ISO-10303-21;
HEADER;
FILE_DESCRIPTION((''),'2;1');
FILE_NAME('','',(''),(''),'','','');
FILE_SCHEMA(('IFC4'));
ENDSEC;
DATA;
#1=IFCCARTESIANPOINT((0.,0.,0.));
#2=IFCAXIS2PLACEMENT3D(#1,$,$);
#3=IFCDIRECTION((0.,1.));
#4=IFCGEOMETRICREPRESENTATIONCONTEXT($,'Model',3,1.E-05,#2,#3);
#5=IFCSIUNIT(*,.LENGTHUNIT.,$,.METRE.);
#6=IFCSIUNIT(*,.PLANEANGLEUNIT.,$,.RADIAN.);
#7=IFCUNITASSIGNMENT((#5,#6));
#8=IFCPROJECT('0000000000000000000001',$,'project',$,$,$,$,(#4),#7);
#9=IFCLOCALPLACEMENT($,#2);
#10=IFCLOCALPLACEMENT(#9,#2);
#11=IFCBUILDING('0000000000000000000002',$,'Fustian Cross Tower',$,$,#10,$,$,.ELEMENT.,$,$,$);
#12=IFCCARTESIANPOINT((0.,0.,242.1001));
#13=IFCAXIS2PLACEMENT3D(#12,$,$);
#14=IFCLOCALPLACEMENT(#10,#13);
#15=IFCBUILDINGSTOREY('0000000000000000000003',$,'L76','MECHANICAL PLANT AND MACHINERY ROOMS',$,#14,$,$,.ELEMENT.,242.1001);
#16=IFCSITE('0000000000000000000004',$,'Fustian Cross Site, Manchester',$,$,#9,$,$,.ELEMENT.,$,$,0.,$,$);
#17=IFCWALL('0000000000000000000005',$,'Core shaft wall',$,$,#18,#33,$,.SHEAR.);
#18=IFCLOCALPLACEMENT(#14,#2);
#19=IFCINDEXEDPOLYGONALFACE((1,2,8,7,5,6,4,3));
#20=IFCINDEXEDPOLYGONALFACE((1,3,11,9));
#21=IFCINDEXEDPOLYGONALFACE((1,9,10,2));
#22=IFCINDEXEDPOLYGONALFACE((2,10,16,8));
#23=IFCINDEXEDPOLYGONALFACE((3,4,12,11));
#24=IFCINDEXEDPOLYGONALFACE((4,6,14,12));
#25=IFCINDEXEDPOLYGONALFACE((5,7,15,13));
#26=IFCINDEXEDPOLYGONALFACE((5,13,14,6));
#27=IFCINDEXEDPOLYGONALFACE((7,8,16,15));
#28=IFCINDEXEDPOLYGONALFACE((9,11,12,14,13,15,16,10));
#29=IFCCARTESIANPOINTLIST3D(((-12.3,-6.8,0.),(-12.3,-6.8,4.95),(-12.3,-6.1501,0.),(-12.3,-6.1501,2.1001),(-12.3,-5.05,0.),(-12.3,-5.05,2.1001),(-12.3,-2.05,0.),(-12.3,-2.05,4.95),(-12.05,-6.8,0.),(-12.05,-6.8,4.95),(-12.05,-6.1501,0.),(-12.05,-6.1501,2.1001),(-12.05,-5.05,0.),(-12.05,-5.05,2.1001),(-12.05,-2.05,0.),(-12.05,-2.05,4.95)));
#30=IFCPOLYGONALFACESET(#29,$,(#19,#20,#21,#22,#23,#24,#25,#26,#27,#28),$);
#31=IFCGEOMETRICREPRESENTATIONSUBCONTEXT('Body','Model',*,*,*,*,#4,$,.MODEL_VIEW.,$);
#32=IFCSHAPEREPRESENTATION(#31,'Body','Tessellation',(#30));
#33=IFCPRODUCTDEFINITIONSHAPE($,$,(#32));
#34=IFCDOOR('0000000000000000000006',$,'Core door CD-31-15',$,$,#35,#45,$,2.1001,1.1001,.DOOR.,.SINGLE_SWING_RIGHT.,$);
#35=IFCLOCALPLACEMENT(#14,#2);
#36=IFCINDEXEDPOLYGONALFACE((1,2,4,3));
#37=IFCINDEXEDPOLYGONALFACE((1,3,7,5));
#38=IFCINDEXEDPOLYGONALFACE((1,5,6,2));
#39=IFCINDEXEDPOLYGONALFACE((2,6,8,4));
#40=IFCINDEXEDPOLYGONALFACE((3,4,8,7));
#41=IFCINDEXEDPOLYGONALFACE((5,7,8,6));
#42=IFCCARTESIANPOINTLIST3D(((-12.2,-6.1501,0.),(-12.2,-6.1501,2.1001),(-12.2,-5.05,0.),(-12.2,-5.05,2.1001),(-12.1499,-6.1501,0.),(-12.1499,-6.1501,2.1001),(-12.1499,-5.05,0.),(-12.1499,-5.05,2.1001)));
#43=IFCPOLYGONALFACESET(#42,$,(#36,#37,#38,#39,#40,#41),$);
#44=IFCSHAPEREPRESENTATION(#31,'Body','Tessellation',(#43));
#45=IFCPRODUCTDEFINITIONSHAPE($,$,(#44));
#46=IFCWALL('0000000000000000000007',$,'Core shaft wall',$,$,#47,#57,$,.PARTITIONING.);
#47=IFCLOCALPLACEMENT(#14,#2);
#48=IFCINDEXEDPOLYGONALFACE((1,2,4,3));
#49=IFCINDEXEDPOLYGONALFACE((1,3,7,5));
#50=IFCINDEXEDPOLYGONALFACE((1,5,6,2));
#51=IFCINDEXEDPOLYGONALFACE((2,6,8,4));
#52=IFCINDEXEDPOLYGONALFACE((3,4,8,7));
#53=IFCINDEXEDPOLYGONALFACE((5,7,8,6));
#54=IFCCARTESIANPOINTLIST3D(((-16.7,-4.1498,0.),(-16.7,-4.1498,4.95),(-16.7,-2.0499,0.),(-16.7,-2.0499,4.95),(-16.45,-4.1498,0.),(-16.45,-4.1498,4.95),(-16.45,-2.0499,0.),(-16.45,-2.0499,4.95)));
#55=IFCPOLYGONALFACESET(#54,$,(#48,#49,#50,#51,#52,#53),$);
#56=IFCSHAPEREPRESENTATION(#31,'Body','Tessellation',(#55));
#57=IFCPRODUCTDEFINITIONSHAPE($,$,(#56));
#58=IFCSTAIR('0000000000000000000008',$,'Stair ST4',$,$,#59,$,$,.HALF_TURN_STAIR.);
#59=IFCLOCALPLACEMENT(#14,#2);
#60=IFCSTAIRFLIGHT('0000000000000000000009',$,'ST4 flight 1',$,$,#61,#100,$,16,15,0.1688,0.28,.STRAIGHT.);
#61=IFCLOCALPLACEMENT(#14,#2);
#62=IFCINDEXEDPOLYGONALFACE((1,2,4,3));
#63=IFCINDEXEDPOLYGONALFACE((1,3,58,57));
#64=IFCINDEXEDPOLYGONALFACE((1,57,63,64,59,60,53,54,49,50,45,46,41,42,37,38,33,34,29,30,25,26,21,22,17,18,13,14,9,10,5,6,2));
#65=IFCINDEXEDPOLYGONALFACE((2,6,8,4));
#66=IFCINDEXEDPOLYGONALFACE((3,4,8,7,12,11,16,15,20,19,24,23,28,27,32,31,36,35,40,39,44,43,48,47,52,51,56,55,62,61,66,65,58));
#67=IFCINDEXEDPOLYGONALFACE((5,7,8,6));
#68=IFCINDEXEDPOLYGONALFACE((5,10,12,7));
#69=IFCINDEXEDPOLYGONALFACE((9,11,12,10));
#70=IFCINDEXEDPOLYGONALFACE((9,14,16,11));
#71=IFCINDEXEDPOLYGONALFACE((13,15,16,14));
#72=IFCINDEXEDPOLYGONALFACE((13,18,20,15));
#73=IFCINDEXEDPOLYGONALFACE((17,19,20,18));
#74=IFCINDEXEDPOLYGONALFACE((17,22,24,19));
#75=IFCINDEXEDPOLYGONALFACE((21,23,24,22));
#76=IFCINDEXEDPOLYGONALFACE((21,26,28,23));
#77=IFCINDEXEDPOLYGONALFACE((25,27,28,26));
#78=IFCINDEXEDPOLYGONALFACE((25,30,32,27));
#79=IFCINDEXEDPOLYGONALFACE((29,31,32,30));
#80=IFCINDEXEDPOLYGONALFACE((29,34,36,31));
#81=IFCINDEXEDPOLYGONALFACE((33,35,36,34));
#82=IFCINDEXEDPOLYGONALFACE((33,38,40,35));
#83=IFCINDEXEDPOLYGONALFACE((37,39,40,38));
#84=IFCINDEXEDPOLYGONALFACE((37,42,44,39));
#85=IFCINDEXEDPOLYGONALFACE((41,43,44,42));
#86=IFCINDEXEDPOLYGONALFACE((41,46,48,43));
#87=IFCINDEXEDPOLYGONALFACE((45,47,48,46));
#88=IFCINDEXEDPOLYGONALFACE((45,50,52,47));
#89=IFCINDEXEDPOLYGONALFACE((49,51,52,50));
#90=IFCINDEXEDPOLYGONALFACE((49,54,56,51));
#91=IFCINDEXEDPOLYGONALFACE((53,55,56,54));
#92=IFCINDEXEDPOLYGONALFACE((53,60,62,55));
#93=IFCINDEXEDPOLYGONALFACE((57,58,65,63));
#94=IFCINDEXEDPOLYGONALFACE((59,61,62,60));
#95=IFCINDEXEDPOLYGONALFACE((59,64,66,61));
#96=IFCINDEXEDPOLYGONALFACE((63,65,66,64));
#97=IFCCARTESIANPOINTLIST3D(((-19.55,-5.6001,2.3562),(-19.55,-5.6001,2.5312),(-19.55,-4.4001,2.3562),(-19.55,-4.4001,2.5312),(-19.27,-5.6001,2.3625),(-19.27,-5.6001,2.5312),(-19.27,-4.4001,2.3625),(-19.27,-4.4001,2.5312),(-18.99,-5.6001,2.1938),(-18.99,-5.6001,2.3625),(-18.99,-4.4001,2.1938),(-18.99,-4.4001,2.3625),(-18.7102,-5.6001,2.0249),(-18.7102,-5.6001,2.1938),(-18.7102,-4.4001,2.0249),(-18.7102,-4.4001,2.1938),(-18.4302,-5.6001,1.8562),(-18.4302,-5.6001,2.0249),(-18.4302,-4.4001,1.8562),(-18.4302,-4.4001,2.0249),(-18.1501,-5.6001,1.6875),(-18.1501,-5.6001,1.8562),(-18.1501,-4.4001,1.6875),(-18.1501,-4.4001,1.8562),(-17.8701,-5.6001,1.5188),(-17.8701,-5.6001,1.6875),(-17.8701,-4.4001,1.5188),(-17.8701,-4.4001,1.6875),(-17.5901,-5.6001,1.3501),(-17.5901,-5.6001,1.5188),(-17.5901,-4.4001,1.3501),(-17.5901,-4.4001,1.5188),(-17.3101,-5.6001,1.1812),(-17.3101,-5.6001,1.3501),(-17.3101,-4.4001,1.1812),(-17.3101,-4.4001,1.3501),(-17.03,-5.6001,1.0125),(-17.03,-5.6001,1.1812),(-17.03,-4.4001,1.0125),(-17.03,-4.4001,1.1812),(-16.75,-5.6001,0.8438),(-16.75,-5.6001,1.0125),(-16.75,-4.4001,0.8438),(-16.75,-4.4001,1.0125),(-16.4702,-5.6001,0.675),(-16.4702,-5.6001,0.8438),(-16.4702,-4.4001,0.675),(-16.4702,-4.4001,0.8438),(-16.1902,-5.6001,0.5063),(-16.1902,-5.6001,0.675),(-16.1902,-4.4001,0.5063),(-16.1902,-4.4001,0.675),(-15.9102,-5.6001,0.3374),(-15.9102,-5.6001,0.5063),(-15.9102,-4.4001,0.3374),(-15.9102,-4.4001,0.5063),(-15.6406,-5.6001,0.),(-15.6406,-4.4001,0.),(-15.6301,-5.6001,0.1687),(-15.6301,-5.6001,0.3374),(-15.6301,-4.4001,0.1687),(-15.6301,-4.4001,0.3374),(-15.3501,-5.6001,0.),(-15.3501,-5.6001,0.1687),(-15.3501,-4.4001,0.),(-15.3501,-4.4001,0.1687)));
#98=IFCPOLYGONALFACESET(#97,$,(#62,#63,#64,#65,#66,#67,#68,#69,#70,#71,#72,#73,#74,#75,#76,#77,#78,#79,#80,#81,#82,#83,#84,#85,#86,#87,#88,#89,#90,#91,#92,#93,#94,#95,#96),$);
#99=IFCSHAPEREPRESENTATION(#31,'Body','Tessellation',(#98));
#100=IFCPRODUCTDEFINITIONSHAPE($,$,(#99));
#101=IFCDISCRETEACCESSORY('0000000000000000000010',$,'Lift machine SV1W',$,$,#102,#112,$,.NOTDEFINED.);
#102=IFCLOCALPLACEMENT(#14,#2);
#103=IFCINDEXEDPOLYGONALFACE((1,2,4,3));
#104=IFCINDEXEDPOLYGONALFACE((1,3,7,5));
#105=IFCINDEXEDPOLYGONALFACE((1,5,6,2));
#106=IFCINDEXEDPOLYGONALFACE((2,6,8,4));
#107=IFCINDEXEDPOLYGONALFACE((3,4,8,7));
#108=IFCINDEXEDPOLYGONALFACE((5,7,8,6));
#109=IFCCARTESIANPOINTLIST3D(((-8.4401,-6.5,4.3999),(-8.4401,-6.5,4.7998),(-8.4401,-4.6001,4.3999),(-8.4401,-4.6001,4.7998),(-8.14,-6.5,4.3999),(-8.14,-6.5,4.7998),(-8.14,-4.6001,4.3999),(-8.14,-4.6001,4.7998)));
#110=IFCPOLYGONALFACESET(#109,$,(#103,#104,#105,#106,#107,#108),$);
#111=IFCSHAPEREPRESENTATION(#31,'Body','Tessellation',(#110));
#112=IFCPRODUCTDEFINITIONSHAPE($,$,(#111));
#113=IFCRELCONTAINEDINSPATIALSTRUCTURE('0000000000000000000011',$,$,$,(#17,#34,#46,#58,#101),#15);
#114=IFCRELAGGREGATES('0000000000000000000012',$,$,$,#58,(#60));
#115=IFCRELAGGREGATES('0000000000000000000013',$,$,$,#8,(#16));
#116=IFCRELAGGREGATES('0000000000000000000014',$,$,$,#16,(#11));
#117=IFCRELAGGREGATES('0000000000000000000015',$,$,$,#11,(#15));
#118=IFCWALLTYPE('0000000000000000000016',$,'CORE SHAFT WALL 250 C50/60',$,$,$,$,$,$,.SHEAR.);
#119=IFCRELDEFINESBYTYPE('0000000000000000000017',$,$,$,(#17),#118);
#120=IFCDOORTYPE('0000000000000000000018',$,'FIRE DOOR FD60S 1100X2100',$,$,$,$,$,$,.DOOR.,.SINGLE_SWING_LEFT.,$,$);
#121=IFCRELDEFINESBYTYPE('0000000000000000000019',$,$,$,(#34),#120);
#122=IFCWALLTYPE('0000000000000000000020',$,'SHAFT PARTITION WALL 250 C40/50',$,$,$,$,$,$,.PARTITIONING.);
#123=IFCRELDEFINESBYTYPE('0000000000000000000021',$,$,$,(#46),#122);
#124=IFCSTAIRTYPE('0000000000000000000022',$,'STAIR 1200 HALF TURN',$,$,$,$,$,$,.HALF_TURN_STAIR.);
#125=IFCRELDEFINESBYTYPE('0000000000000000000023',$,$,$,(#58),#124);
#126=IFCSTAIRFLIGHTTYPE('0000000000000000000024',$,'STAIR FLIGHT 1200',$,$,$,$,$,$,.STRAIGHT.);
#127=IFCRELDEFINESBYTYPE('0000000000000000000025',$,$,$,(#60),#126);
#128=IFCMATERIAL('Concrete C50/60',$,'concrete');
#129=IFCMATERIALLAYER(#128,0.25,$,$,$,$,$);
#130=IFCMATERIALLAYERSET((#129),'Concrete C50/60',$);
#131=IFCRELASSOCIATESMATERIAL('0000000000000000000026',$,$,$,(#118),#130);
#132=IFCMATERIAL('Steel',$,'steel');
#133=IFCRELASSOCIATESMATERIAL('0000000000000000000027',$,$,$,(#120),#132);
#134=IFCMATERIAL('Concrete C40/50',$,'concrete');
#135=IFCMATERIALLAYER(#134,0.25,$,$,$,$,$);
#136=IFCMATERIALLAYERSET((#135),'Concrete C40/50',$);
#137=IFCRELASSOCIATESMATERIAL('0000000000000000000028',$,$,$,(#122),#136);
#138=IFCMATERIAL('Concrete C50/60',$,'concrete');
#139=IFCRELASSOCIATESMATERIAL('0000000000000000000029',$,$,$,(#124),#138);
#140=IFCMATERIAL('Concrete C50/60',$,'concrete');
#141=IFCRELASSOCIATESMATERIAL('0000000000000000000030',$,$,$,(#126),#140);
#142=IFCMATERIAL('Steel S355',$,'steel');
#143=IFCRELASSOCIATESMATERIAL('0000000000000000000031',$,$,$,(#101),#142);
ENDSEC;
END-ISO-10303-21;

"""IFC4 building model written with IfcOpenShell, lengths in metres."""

from ifc_helpers import new_model, si_unit, direction, frame, frame_2d, origin, origin_2d, place, context, subcontext, project, spatial, polyline, rectangle, outline, extrude, material, layer, layer_set, type_object, element, fill, aggregate, save


model = new_model("IFC4")

# Units and contexts
model_context = context("Model", 3, precision=1e-05, world=origin(), true_north=direction((0.0, 1.0)))
body_context = subcontext(model_context, "Body", "Model", "MODEL_VIEW")
ifc_project = project(units=[si_unit("LENGTHUNIT", "METRE"), si_unit("PLANEANGLEUNIT", "RADIAN")], contexts=[model_context])

# Site, building, storey
site_placement = place(None, origin())
site = spatial("IfcSite", under=ifc_project, at=site_placement, Name="Fustian Cross Site, Manchester", CompositionType="ELEMENT", RefElevation=0.0)
building_placement = place(site_placement, origin())
building = spatial("IfcBuilding", under=site, at=building_placement, Name="Fustian Cross Tower", CompositionType="ELEMENT")
storey_placement = place(building_placement, frame((0.0, 0.0, 242.1001)))
storey = spatial("IfcBuildingStorey", under=building, at=storey_placement, Name="L76", Description="MECHANICAL PLANT AND MACHINERY ROOMS", CompositionType="ELEMENT", Elevation=242.1001)

# Shared definitions
ifc_material_1 = material(Name="Concrete C50/60", Category="concrete")
ifc_layer_1 = layer(ifc_material_1, 0.25)
ifc_layer_set_1 = layer_set([ifc_layer_1], Name="Concrete C50/60")
wall_type_1 = type_object("IfcWallType", Name="CORE SHAFT WALL 250 C50/60", PredefinedType="SHEAR", material=ifc_layer_set_1)

# Wall, opening, door
wall_1_placement = place(storey_placement, frame((-12.175, -2.05, 0.0), z_axis=(0.0, 0.0, 1.0), x_axis=(0.0, -1.0, 0.0)))
wall_1 = element("IfcWall", 1, at=wall_1_placement, inside=storey, type_object=wall_type_1, Name="Core shaft wall", PredefinedType="SHEAR", context=body_context, shape_type="SweptSolid", body=[
    extrude(rectangle(XDim=4.75, YDim=0.25, at=frame_2d((2.375, 0.0))), origin(), (0.0, 0.0, 1.0), 4.95),
])
opening_1_placement = place(wall_1_placement, frame((3.0, 0.0, 0.0)))
opening_1 = element("IfcOpeningElement", 2, at=opening_1_placement, cuts=wall_1, PredefinedType="OPENING", context=body_context, shape_type="SweptSolid", body=[
    extrude(rectangle(XDim=1.1001, YDim=2.1001, at=frame_2d((0.55, 1.05))), frame((0.0, 0.135, 0.0), z_axis=(0.0, -1.0, 0.0), x_axis=(1.0, 0.0, 0.0)), (0.0, 0.0, 1.0), 0.27),
])
ifc_material_2 = material(Name="Steel", Category="steel")
door_type_1 = type_object("IfcDoorType", Name="FIRE DOOR FD60S 1100X2100", OperationType="SINGLE_SWING_LEFT", PredefinedType="DOOR", material=ifc_material_2)
door_1_placement = place(opening_1_placement, frame((1.1001, 0.0, 0.0), z_axis=(0.0, 0.0, 1.0), x_axis=(-1.0, 0.0, 0.0)))
door_1 = element("IfcDoor", 3, at=door_1_placement, inside=storey, type_object=door_type_1, Name="Core door CD-31-15", OperationType="SINGLE_SWING_RIGHT", OverallHeight=2.1001, OverallWidth=1.1001, PredefinedType="DOOR", context=body_context, shape_type="SweptSolid", body=[
    extrude(rectangle(XDim=1.1001, YDim=2.1001, at=frame_2d((0.55, 1.05))), frame((0.0, 0.0249, 0.0), z_axis=(0.0, -1.0, 0.0), x_axis=(1.0, 0.0, 0.0)), (0.0, 0.0, 1.0), 0.05),
])
fill(opening_1, door_1)

# Wall
ifc_material_3 = material(Name="Concrete C40/50", Category="concrete")
ifc_layer_2 = layer(ifc_material_3, 0.25)
ifc_layer_set_2 = layer_set([ifc_layer_2], Name="Concrete C40/50")
wall_type_2 = type_object("IfcWallType", Name="SHAFT PARTITION WALL 250 C40/50", PredefinedType="PARTITIONING", material=ifc_layer_set_2)
wall_2_placement = place(storey_placement, frame((-16.575, -2.05, 0.0), z_axis=(0.0, 0.0, 1.0), x_axis=(0.0, -1.0, 0.0)))
element("IfcWall", 4, at=wall_2_placement, inside=storey, type_object=wall_type_2, Name="Core shaft wall", PredefinedType="PARTITIONING", context=body_context, shape_type="SweptSolid", body=[
    extrude(rectangle(XDim=2.0999, YDim=0.25, at=frame_2d((1.0498, 0.0))), origin(), (0.0, 0.0, 1.0), 4.95),
])

# Stair, stair flight
ifc_material_4 = material(Name="Concrete C50/60", Category="concrete")
stair_type = type_object("IfcStairType", Name="STAIR 1200 HALF TURN", PredefinedType="HALF_TURN_STAIR", material=ifc_material_4)
stair_placement = place(storey_placement, origin())
stair = element("IfcStair", 5, at=stair_placement, inside=storey, type_object=stair_type, Name="Stair ST4", PredefinedType="HALF_TURN_STAIR")
ifc_material_5 = material(Name="Concrete C50/60", Category="concrete")
stair_flight_type = type_object("IfcStairFlightType", Name="STAIR FLIGHT 1200", PredefinedType="STRAIGHT", material=ifc_material_5)
stair_flight_placement = place(storey_placement, frame((-15.3501, -5.0, 0.0), z_axis=(0.0, 0.0, 1.0), x_axis=(-1.0, 0.0, 0.0)))
stair_flight = element("IfcStairFlight", 6, at=stair_flight_placement, type_object=stair_flight_type, Name="ST4 flight 1", NumberOfRisers=16, NumberOfTreads=15, PredefinedType="STRAIGHT", RiserHeight=0.1688, TreadLength=0.28, context=body_context, shape_type="SweptSolid", body=[
    extrude(outline(polyline([(0.0, 0.0), (0.0, 0.1687), (0.28, 0.1687), (0.28, 0.3374), (0.5601, 0.3374), (0.5601, 0.5063), (0.8401, 0.5063), (0.8401, 0.675), (1.1201, 0.675), (1.1201, 0.8438), (1.3999, 0.8438), (1.3999, 1.0125), (1.6799, 1.0125), (1.6799, 1.1812), (1.96, 1.1812), (1.96, 1.3501), (2.24, 1.3501), (2.24, 1.5188), (2.52, 1.5188), (2.52, 1.6875), (2.8, 1.6875), (2.8, 1.8562), (3.0801, 1.8562), (3.0801, 2.0249), (3.3601, 2.0249), (3.3601, 2.1938), (3.6399, 2.1938), (3.6399, 2.3625), (3.9199, 2.3625), (3.9199, 2.5312), (4.2, 2.5312), (4.2, 2.7), (4.2, 2.3562), (0.2905, 0.0), (0.0, 0.0)])), frame((0.0, 0.6001, 0.0), z_axis=(0.0, -1.0, 0.0), x_axis=(1.0, 0.0, 0.0)), (0.0, 0.0, 1.0), 1.2),
])
aggregate(stair, [stair_flight])

# Discrete accessory
ifc_material_6 = material(Name="Steel S355", Category="steel")
discrete_accessory_placement = place(storey_placement, frame((-8.29, -5.55, 4.3999), z_axis=(0.0, 0.0, 1.0), x_axis=(1.0, 0.0, 0.0)))
element("IfcDiscreteAccessory", 7, at=discrete_accessory_placement, inside=storey, material=ifc_material_6, Name="Lift machine SV1W", PredefinedType="NOTDEFINED", context=body_context, shape_type="SweptSolid", body=[
    extrude(rectangle(XDim=0.3, YDim=1.8999, at=origin_2d()), origin(), (0.0, 0.0, 1.0), 0.3999),
])

save(model, "model.ifc")
